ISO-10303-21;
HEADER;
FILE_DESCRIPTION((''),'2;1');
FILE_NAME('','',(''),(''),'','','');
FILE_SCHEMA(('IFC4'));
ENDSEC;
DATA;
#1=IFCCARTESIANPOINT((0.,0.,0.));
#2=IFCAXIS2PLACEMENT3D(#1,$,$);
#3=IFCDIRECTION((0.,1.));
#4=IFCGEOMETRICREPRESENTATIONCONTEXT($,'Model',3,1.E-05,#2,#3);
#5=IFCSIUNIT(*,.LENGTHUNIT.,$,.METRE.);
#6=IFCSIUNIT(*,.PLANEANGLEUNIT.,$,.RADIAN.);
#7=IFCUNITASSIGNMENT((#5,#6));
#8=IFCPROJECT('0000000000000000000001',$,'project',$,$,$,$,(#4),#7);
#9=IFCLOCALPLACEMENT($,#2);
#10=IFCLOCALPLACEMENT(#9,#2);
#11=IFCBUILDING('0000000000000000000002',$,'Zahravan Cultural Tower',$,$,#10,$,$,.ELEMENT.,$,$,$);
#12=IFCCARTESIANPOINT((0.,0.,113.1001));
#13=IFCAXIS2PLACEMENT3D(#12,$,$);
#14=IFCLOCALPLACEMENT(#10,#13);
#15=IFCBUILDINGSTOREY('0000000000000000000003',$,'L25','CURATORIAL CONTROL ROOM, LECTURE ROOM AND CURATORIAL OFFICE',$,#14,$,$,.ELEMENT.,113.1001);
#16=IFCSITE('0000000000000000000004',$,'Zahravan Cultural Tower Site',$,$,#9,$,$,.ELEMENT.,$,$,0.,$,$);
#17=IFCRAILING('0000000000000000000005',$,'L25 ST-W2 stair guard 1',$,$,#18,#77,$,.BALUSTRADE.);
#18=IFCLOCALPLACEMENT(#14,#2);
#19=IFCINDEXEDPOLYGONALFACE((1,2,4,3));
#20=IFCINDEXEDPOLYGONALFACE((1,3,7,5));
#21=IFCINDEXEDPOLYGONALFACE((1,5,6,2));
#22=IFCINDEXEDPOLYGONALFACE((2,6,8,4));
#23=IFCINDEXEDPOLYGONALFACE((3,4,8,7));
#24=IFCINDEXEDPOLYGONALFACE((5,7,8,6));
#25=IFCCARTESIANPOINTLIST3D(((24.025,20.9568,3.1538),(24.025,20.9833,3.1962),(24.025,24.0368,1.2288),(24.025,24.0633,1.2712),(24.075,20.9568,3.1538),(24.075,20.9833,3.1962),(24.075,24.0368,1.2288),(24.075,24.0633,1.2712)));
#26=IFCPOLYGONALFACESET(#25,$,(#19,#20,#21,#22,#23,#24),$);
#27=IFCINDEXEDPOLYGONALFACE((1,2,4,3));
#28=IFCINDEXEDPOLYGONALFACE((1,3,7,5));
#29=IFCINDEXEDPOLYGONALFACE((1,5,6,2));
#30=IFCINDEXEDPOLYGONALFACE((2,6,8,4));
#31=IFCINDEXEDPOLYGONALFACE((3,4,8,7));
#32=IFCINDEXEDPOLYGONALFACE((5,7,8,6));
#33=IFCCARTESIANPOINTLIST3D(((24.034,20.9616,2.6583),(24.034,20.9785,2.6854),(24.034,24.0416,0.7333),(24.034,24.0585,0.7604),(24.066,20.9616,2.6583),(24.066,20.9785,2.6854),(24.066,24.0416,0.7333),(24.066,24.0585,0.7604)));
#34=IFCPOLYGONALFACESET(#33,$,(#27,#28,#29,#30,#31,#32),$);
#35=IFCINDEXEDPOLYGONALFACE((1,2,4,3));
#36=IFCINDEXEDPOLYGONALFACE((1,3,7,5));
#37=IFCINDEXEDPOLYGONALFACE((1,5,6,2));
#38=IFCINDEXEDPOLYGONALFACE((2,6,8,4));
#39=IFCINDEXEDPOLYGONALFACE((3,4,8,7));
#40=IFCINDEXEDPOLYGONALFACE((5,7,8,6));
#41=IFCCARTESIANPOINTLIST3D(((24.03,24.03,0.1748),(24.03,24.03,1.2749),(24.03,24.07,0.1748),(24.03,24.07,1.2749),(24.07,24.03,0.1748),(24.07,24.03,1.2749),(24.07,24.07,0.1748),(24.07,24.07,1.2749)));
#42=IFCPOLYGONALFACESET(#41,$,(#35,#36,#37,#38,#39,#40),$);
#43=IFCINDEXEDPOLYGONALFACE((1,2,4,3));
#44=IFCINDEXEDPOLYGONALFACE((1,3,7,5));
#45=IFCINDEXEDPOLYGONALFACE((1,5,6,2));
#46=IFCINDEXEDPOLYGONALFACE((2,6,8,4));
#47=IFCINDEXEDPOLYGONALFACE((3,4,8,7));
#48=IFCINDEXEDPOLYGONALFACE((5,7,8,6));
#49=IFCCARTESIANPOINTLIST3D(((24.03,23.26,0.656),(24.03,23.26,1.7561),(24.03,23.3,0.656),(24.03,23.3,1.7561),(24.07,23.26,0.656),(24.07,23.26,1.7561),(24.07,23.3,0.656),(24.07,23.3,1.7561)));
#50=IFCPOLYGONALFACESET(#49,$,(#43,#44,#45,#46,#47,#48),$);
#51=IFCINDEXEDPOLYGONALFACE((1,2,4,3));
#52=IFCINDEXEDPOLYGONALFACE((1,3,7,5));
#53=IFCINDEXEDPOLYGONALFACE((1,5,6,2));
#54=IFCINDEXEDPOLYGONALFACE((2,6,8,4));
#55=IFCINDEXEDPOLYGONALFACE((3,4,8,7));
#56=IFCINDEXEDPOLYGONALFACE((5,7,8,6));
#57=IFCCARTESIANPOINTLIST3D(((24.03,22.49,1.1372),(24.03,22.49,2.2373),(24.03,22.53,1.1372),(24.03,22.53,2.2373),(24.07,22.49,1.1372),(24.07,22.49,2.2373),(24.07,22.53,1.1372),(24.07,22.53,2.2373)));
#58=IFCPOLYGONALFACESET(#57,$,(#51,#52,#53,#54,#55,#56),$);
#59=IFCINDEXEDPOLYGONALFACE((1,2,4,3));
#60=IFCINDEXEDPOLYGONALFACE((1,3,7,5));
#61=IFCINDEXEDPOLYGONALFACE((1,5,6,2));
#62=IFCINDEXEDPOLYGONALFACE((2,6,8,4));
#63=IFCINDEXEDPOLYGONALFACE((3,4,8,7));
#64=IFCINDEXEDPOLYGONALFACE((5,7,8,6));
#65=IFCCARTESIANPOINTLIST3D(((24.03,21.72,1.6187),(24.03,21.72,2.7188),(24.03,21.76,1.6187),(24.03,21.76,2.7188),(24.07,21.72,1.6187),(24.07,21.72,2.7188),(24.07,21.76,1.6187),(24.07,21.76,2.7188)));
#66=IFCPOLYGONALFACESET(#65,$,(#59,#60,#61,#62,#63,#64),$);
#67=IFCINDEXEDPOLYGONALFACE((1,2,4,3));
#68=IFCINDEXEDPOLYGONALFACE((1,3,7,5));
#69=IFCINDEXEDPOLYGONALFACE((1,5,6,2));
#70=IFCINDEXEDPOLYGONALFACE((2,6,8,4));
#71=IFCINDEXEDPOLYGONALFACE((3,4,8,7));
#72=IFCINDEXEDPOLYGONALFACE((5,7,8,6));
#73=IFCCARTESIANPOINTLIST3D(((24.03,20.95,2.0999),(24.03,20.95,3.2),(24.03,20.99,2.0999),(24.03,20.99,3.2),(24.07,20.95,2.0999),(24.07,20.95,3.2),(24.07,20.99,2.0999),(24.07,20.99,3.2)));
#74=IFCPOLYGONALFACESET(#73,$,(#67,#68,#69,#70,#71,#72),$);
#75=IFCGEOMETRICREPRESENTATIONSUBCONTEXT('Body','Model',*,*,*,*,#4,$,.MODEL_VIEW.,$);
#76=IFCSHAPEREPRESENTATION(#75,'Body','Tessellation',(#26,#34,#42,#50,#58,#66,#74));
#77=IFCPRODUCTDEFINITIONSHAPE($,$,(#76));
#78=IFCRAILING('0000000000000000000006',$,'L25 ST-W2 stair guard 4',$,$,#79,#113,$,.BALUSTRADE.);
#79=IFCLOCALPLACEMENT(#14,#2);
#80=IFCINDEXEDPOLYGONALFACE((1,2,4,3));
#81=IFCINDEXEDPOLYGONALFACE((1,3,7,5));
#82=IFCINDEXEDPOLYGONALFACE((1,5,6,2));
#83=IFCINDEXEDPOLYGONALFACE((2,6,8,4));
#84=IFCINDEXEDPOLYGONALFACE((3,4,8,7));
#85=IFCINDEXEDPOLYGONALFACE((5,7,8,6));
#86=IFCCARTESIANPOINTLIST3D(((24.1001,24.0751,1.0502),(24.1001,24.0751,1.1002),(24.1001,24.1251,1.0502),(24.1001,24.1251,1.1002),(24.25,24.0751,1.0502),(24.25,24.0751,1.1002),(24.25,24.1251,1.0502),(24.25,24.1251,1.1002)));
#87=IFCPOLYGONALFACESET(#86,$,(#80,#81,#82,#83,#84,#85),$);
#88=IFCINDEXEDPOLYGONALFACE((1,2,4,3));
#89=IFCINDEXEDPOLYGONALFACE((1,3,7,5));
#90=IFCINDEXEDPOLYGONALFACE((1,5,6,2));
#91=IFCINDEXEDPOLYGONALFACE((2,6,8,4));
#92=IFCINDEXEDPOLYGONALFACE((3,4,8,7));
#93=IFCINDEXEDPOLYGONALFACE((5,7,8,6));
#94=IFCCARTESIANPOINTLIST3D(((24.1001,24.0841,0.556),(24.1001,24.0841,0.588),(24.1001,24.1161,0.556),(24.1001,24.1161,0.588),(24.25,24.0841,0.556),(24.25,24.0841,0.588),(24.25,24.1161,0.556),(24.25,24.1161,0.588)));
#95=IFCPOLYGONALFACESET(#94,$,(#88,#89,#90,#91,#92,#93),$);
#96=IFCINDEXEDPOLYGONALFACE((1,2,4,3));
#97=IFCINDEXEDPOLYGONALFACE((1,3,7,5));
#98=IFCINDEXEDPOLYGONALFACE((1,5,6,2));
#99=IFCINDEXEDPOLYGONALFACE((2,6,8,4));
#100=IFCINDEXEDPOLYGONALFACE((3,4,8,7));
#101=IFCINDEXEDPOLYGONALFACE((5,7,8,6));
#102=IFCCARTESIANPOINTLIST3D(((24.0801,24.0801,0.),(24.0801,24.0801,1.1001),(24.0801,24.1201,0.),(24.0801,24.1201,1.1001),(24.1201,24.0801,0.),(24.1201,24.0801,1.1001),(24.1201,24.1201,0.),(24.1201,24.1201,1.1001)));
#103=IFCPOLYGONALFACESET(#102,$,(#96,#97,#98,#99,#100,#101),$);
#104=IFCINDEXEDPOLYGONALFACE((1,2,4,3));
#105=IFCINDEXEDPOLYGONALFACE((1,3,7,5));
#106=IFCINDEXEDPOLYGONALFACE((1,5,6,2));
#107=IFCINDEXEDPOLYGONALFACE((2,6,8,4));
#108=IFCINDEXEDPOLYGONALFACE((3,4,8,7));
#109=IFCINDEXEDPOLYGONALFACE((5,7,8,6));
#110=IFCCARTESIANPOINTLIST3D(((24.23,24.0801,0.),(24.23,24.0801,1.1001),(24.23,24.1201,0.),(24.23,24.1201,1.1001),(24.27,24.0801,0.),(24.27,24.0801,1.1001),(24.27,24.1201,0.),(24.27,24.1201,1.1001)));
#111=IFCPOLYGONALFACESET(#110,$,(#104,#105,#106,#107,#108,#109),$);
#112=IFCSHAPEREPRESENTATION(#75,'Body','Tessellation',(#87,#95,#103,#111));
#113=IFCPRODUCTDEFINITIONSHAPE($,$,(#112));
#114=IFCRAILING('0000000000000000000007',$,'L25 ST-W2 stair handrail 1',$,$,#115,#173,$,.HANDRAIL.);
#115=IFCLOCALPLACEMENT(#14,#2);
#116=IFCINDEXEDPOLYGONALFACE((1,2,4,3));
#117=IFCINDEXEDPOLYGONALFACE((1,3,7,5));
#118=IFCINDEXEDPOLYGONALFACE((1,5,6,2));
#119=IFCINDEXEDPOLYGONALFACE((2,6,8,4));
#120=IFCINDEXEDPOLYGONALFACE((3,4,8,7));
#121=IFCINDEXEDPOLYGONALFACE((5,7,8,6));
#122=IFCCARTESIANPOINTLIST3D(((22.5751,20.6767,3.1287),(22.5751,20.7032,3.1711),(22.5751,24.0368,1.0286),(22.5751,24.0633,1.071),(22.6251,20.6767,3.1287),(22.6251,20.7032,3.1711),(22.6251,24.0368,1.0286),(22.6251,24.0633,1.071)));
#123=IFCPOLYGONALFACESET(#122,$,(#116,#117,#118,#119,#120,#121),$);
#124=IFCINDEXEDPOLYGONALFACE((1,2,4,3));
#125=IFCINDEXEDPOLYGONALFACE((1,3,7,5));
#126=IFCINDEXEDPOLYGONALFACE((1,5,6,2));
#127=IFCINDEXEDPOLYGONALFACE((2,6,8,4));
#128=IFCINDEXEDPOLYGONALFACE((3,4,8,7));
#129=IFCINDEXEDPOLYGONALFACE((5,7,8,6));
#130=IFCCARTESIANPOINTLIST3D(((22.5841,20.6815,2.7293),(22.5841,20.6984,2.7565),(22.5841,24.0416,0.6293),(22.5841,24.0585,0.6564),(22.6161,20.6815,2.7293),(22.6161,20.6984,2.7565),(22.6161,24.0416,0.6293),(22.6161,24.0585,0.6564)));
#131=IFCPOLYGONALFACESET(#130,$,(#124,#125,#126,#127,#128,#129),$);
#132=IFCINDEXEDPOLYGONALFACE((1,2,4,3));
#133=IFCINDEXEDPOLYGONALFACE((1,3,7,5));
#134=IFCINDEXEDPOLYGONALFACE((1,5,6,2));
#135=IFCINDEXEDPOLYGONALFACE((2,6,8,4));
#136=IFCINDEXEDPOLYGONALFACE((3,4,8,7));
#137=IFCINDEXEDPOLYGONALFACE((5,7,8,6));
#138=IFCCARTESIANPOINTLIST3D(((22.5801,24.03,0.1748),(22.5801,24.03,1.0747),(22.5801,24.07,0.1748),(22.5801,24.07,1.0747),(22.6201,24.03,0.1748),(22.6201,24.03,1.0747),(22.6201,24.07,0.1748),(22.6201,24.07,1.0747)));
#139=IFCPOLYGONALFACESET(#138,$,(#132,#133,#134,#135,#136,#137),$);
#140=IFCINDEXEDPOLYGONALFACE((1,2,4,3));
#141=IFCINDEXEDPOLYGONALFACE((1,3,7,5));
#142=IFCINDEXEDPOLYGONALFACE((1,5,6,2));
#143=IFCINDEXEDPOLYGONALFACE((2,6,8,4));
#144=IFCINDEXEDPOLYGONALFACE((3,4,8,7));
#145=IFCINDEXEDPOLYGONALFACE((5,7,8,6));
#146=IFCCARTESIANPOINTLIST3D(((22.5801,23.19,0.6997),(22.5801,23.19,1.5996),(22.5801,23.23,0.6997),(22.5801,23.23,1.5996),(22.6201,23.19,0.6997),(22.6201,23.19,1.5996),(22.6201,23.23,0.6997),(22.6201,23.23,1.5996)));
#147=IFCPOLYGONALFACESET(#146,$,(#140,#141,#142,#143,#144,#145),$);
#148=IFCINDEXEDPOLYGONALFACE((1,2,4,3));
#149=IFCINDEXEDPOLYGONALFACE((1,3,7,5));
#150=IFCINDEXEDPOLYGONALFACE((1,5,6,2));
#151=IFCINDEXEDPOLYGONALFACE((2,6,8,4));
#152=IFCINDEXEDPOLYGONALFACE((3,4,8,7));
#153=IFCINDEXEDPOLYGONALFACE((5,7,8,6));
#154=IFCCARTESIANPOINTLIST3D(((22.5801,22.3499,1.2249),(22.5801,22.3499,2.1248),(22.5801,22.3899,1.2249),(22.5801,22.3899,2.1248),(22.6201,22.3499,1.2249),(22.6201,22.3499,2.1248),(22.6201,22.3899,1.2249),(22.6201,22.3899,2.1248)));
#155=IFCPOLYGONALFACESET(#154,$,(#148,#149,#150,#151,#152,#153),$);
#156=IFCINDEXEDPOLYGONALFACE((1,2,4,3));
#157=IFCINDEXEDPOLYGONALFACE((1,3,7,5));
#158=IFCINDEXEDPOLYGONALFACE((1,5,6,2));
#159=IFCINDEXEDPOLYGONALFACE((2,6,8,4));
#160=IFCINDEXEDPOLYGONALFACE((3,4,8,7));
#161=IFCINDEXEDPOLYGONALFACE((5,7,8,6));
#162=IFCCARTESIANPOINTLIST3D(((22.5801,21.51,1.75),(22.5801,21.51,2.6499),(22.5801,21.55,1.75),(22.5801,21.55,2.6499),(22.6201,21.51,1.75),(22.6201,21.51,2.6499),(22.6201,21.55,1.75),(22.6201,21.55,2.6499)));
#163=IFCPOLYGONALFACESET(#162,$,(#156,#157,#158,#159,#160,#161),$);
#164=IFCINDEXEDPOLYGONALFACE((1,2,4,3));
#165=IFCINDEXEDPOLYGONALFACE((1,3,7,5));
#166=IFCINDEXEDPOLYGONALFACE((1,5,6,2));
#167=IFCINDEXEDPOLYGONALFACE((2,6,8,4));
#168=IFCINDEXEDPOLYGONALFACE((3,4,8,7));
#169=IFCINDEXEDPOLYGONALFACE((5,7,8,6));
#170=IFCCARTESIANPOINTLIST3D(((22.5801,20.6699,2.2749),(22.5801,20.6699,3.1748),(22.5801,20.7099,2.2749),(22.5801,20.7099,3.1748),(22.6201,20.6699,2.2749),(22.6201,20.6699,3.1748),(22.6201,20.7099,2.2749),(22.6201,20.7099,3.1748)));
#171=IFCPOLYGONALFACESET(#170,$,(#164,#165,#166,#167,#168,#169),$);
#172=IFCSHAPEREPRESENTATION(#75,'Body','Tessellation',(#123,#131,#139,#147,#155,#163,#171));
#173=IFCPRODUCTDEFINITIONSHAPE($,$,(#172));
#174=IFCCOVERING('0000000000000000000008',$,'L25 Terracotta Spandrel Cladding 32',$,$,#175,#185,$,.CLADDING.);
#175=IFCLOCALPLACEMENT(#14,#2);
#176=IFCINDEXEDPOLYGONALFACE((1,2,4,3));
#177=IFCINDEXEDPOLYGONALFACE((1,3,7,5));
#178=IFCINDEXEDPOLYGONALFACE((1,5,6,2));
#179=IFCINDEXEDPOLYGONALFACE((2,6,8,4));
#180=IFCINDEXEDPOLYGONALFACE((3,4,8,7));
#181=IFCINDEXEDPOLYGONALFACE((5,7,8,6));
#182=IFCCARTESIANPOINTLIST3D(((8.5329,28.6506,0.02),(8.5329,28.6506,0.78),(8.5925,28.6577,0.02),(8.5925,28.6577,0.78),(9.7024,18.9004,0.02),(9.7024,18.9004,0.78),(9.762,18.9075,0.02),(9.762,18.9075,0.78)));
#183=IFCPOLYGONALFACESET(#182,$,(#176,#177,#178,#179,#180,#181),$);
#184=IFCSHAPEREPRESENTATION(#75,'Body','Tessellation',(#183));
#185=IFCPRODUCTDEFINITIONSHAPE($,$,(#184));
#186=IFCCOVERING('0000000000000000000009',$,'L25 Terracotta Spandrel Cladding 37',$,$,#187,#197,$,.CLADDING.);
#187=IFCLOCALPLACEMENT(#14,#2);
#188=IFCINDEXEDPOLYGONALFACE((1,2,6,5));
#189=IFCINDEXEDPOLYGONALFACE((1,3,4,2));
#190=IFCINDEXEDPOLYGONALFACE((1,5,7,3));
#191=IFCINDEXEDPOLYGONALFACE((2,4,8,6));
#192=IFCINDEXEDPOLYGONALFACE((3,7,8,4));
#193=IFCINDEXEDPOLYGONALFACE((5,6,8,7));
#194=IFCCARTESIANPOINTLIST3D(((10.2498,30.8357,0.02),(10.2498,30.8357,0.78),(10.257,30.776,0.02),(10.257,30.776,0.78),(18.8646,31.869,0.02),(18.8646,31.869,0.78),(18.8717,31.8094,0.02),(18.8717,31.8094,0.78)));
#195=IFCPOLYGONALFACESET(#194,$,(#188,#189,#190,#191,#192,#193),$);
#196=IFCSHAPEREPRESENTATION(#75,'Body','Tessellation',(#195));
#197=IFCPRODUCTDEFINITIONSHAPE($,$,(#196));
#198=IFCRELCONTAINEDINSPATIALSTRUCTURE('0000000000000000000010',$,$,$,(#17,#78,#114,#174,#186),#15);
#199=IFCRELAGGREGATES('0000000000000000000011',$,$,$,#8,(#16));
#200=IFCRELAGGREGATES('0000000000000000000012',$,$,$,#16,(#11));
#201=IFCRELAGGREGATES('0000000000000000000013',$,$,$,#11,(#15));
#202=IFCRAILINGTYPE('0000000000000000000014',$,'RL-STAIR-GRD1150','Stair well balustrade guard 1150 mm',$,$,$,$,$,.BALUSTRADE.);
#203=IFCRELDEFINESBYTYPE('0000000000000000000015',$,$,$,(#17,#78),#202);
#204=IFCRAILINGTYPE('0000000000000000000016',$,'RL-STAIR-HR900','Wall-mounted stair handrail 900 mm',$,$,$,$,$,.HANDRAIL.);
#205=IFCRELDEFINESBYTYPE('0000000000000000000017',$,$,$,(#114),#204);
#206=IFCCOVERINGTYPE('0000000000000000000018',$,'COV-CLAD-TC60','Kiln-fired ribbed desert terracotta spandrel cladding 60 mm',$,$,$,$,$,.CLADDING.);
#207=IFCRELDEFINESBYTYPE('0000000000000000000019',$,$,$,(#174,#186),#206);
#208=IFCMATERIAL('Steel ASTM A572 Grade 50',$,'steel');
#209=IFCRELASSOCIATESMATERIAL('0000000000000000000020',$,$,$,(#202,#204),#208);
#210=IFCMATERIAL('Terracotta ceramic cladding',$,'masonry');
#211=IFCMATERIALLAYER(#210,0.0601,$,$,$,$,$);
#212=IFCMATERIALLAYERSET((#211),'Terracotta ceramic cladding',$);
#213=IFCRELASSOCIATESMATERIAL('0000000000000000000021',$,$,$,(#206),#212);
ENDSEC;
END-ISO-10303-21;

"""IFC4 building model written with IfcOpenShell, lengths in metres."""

from ifc_helpers import new_model, si_unit, direction, frame, origin, origin_2d, place, context, subcontext, project, spatial, rectangle, extrude, source, transform, mapped, material, layer, layer_set, type_object, element, save


model = new_model("IFC4")

# Units and contexts
model_context = context("Model", 3, precision=1e-05, world=origin(), true_north=direction((0.0, 1.0)))
body_context = subcontext(model_context, "Body", "Model", "MODEL_VIEW")
ifc_project = project(units=[si_unit("LENGTHUNIT", "METRE"), si_unit("PLANEANGLEUNIT", "RADIAN")], contexts=[model_context])

# Site, building, storey
site_placement = place(None, origin())
site = spatial("IfcSite", under=ifc_project, at=site_placement, Name="Zahravan Cultural Tower Site", CompositionType="ELEMENT", RefElevation=0.0)
building_placement = place(site_placement, origin())
building = spatial("IfcBuilding", under=site, at=building_placement, Name="Zahravan Cultural Tower", CompositionType="ELEMENT")
storey_placement = place(building_placement, frame((0.0, 0.0, 113.1001)))
storey = spatial("IfcBuildingStorey", under=building, at=storey_placement, Name="L25", Description="CURATORIAL CONTROL ROOM, LECTURE ROOM AND CURATORIAL OFFICE", CompositionType="ELEMENT", Elevation=113.1001)

# Railings
ifc_material_1 = material(Name="Steel ASTM A572 Grade 50", Category="steel")
railing_type_1 = type_object("IfcRailingType", Name="RL-STAIR-GRD1150", Description="Stair well balustrade guard 1150 mm", PredefinedType="BALUSTRADE", material=ifc_material_1)
railing_1_placement = place(storey_placement, frame((24.05, 24.05, 0.1748)))
element("IfcRailing", 1, at=railing_1_placement, inside=storey, type_object=railing_type_1, Name="L25 ST-W2 stair guard 1", PredefinedType="BALUSTRADE", context=body_context, shape_type="SweptSolid", body=[
    extrude(rectangle(XDim=0.05, YDim=0.05, at=origin_2d()), frame((0.0, 0.0, 1.0752), z_axis=(0.0, -0.847998, 0.529999), x_axis=(1.0, 0.0, 0.0)), (0.0, 0.0, 1.0), 3.6321),
    extrude(rectangle(XDim=0.032, YDim=0.032, at=origin_2d()), frame((0.0, 0.0, 0.572), z_axis=(0.0, -0.847998, 0.529999), x_axis=(1.0, 0.0, 0.0)), (0.0, 0.0, 1.0), 3.6321),
    extrude(rectangle(XDim=0.04, YDim=0.04, at=origin_2d()), origin(), (0.0, 0.0, 1.0), 1.1001),
    extrude(rectangle(XDim=0.04, YDim=0.04, at=origin_2d()), frame((0.0, -0.77, 0.4812)), (0.0, 0.0, 1.0), 1.1001),
    extrude(rectangle(XDim=0.04, YDim=0.04, at=origin_2d()), frame((0.0, -1.54, 0.9624)), (0.0, 0.0, 1.0), 1.1001),
    extrude(rectangle(XDim=0.04, YDim=0.04, at=origin_2d()), frame((0.0, -2.3101, 1.4438)), (0.0, 0.0, 1.0), 1.1001),
    extrude(rectangle(XDim=0.04, YDim=0.04, at=origin_2d()), frame((0.0, -3.0801, 1.925)), (0.0, 0.0, 1.0), 1.1001),
])
railing_2_placement = place(storey_placement, frame((24.1001, 24.1001, 0.0)))
element("IfcRailing", 2, at=railing_2_placement, inside=storey, type_object=railing_type_1, Name="L25 ST-W2 stair guard 4", PredefinedType="BALUSTRADE", context=body_context, shape_type="SweptSolid", body=[
    extrude(rectangle(XDim=0.05, YDim=0.05, at=origin_2d()), frame((0.0, 0.0, 1.0752), z_axis=(1.0, 0.0, 0.0), x_axis=(0.0, 1.0, 0.0)), (0.0, 0.0, 1.0), 0.1499),
    extrude(rectangle(XDim=0.032, YDim=0.032, at=origin_2d()), frame((0.0, 0.0, 0.572), z_axis=(1.0, 0.0, 0.0), x_axis=(0.0, 1.0, 0.0)), (0.0, 0.0, 1.0), 0.1499),
    extrude(rectangle(XDim=0.04, YDim=0.04, at=origin_2d()), origin(), (0.0, 0.0, 1.0), 1.1001),
    extrude(rectangle(XDim=0.04, YDim=0.04, at=origin_2d()), frame((0.1499, 0.0, 0.0)), (0.0, 0.0, 1.0), 1.1001),
])
railing_type_2 = type_object("IfcRailingType", Name="RL-STAIR-HR900", Description="Wall-mounted stair handrail 900 mm", PredefinedType="HANDRAIL", material=ifc_material_1)
railing_3_placement = place(storey_placement, frame((22.6001, 24.05, 0.1748)))
element("IfcRailing", 3, at=railing_3_placement, inside=storey, type_object=railing_type_2, Name="L25 ST-W2 stair handrail 1", PredefinedType="HANDRAIL", context=body_context, shape_type="SweptSolid", body=[
    extrude(rectangle(XDim=0.05, YDim=0.05, at=origin_2d()), frame((0.0, 0.0, 0.875), z_axis=(0.0, -0.847995, 0.530004), x_axis=(1.0, 0.0, 0.0)), (0.0, 0.0, 1.0), 3.9624),
    extrude(rectangle(XDim=0.032, YDim=0.032, at=origin_2d()), frame((0.0, 0.0, 0.468), z_axis=(0.0, -0.847995, 0.530004), x_axis=(1.0, 0.0, 0.0)), (0.0, 0.0, 1.0), 3.9624),
    extrude(rectangle(XDim=0.04, YDim=0.04, at=origin_2d()), origin(), (0.0, 0.0, 1.0), 0.8999),
    extrude(rectangle(XDim=0.04, YDim=0.04, at=origin_2d()), frame((0.0, -0.8401, 0.5249)), (0.0, 0.0, 1.0), 0.8999),
    extrude(rectangle(XDim=0.04, YDim=0.04, at=origin_2d()), frame((0.0, -1.6802, 1.05)), (0.0, 0.0, 1.0), 0.8999),
    extrude(rectangle(XDim=0.04, YDim=0.04, at=origin_2d()), frame((0.0, -2.52, 1.5752)), (0.0, 0.0, 1.0), 0.8999),
    extrude(rectangle(XDim=0.04, YDim=0.04, at=origin_2d()), frame((0.0, -3.3601, 2.1001)), (0.0, 0.0, 1.0), 0.8999),
])

# Coverings
ifc_material_2 = material(Name="Terracotta ceramic cladding", Category="masonry")
ifc_layer_1 = layer(ifc_material_2, 0.0601)
ifc_layer_set_1 = layer_set([ifc_layer_1], Name="Terracotta ceramic cladding")
covering_type = type_object("IfcCoveringType", Name="COV-CLAD-TC60", Description="Kiln-fired ribbed desert terracotta spandrel cladding 60 mm", PredefinedType="CLADDING", material=ifc_layer_set_1)
shared_shape_1 = source(origin(), body_context, "Body", "SweptSolid", [
    extrude(rectangle(XDim=9.8201, YDim=0.0601, at=origin_2d()), origin(), (0.0, 0.0, 1.0), 0.76),
])
covering_1_placement = place(storey_placement, frame((9.1475, 23.7791, 0.02), z_axis=(0.0, 0.0, 1.0), x_axis=(-0.119097, 0.992883, 0.0)))
element("IfcCovering", 4, at=covering_1_placement, inside=storey, type_object=covering_type, Name="L25 Terracotta Spandrel Cladding 32", PredefinedType="CLADDING", context=body_context, shape_type="MappedRepresentation", body=[
    mapped(shared_shape_1, transform((0.0, 0.0, 0.0), x_axis=(1.0, 0.0, 0.0), y_axis=(0.0, 1.0, 0.0), z_axis=(0.0, 0.0, 1.0), scale=1.0)),
])
shared_shape_2 = source(origin(), body_context, "Body", "SweptSolid", [
    extrude(rectangle(XDim=8.6765, YDim=0.0601, at=origin_2d()), origin(), (0.0, 0.0, 1.0), 0.76),
])
covering_2_placement = place(storey_placement, frame((14.5608, 31.3225, 0.02), z_axis=(0.0, 0.0, 1.0), x_axis=(0.992883, 0.119097, 0.0)))
element("IfcCovering", 5, at=covering_2_placement, inside=storey, type_object=covering_type, Name="L25 Terracotta Spandrel Cladding 37", PredefinedType="CLADDING", context=body_context, shape_type="MappedRepresentation", body=[
    mapped(shared_shape_2, transform((0.0, 0.0, 0.0), x_axis=(1.0, 0.0, 0.0), y_axis=(0.0, 1.0, 0.0), z_axis=(0.0, 0.0, 1.0), scale=1.0)),
])

save(model, "model.ifc")
